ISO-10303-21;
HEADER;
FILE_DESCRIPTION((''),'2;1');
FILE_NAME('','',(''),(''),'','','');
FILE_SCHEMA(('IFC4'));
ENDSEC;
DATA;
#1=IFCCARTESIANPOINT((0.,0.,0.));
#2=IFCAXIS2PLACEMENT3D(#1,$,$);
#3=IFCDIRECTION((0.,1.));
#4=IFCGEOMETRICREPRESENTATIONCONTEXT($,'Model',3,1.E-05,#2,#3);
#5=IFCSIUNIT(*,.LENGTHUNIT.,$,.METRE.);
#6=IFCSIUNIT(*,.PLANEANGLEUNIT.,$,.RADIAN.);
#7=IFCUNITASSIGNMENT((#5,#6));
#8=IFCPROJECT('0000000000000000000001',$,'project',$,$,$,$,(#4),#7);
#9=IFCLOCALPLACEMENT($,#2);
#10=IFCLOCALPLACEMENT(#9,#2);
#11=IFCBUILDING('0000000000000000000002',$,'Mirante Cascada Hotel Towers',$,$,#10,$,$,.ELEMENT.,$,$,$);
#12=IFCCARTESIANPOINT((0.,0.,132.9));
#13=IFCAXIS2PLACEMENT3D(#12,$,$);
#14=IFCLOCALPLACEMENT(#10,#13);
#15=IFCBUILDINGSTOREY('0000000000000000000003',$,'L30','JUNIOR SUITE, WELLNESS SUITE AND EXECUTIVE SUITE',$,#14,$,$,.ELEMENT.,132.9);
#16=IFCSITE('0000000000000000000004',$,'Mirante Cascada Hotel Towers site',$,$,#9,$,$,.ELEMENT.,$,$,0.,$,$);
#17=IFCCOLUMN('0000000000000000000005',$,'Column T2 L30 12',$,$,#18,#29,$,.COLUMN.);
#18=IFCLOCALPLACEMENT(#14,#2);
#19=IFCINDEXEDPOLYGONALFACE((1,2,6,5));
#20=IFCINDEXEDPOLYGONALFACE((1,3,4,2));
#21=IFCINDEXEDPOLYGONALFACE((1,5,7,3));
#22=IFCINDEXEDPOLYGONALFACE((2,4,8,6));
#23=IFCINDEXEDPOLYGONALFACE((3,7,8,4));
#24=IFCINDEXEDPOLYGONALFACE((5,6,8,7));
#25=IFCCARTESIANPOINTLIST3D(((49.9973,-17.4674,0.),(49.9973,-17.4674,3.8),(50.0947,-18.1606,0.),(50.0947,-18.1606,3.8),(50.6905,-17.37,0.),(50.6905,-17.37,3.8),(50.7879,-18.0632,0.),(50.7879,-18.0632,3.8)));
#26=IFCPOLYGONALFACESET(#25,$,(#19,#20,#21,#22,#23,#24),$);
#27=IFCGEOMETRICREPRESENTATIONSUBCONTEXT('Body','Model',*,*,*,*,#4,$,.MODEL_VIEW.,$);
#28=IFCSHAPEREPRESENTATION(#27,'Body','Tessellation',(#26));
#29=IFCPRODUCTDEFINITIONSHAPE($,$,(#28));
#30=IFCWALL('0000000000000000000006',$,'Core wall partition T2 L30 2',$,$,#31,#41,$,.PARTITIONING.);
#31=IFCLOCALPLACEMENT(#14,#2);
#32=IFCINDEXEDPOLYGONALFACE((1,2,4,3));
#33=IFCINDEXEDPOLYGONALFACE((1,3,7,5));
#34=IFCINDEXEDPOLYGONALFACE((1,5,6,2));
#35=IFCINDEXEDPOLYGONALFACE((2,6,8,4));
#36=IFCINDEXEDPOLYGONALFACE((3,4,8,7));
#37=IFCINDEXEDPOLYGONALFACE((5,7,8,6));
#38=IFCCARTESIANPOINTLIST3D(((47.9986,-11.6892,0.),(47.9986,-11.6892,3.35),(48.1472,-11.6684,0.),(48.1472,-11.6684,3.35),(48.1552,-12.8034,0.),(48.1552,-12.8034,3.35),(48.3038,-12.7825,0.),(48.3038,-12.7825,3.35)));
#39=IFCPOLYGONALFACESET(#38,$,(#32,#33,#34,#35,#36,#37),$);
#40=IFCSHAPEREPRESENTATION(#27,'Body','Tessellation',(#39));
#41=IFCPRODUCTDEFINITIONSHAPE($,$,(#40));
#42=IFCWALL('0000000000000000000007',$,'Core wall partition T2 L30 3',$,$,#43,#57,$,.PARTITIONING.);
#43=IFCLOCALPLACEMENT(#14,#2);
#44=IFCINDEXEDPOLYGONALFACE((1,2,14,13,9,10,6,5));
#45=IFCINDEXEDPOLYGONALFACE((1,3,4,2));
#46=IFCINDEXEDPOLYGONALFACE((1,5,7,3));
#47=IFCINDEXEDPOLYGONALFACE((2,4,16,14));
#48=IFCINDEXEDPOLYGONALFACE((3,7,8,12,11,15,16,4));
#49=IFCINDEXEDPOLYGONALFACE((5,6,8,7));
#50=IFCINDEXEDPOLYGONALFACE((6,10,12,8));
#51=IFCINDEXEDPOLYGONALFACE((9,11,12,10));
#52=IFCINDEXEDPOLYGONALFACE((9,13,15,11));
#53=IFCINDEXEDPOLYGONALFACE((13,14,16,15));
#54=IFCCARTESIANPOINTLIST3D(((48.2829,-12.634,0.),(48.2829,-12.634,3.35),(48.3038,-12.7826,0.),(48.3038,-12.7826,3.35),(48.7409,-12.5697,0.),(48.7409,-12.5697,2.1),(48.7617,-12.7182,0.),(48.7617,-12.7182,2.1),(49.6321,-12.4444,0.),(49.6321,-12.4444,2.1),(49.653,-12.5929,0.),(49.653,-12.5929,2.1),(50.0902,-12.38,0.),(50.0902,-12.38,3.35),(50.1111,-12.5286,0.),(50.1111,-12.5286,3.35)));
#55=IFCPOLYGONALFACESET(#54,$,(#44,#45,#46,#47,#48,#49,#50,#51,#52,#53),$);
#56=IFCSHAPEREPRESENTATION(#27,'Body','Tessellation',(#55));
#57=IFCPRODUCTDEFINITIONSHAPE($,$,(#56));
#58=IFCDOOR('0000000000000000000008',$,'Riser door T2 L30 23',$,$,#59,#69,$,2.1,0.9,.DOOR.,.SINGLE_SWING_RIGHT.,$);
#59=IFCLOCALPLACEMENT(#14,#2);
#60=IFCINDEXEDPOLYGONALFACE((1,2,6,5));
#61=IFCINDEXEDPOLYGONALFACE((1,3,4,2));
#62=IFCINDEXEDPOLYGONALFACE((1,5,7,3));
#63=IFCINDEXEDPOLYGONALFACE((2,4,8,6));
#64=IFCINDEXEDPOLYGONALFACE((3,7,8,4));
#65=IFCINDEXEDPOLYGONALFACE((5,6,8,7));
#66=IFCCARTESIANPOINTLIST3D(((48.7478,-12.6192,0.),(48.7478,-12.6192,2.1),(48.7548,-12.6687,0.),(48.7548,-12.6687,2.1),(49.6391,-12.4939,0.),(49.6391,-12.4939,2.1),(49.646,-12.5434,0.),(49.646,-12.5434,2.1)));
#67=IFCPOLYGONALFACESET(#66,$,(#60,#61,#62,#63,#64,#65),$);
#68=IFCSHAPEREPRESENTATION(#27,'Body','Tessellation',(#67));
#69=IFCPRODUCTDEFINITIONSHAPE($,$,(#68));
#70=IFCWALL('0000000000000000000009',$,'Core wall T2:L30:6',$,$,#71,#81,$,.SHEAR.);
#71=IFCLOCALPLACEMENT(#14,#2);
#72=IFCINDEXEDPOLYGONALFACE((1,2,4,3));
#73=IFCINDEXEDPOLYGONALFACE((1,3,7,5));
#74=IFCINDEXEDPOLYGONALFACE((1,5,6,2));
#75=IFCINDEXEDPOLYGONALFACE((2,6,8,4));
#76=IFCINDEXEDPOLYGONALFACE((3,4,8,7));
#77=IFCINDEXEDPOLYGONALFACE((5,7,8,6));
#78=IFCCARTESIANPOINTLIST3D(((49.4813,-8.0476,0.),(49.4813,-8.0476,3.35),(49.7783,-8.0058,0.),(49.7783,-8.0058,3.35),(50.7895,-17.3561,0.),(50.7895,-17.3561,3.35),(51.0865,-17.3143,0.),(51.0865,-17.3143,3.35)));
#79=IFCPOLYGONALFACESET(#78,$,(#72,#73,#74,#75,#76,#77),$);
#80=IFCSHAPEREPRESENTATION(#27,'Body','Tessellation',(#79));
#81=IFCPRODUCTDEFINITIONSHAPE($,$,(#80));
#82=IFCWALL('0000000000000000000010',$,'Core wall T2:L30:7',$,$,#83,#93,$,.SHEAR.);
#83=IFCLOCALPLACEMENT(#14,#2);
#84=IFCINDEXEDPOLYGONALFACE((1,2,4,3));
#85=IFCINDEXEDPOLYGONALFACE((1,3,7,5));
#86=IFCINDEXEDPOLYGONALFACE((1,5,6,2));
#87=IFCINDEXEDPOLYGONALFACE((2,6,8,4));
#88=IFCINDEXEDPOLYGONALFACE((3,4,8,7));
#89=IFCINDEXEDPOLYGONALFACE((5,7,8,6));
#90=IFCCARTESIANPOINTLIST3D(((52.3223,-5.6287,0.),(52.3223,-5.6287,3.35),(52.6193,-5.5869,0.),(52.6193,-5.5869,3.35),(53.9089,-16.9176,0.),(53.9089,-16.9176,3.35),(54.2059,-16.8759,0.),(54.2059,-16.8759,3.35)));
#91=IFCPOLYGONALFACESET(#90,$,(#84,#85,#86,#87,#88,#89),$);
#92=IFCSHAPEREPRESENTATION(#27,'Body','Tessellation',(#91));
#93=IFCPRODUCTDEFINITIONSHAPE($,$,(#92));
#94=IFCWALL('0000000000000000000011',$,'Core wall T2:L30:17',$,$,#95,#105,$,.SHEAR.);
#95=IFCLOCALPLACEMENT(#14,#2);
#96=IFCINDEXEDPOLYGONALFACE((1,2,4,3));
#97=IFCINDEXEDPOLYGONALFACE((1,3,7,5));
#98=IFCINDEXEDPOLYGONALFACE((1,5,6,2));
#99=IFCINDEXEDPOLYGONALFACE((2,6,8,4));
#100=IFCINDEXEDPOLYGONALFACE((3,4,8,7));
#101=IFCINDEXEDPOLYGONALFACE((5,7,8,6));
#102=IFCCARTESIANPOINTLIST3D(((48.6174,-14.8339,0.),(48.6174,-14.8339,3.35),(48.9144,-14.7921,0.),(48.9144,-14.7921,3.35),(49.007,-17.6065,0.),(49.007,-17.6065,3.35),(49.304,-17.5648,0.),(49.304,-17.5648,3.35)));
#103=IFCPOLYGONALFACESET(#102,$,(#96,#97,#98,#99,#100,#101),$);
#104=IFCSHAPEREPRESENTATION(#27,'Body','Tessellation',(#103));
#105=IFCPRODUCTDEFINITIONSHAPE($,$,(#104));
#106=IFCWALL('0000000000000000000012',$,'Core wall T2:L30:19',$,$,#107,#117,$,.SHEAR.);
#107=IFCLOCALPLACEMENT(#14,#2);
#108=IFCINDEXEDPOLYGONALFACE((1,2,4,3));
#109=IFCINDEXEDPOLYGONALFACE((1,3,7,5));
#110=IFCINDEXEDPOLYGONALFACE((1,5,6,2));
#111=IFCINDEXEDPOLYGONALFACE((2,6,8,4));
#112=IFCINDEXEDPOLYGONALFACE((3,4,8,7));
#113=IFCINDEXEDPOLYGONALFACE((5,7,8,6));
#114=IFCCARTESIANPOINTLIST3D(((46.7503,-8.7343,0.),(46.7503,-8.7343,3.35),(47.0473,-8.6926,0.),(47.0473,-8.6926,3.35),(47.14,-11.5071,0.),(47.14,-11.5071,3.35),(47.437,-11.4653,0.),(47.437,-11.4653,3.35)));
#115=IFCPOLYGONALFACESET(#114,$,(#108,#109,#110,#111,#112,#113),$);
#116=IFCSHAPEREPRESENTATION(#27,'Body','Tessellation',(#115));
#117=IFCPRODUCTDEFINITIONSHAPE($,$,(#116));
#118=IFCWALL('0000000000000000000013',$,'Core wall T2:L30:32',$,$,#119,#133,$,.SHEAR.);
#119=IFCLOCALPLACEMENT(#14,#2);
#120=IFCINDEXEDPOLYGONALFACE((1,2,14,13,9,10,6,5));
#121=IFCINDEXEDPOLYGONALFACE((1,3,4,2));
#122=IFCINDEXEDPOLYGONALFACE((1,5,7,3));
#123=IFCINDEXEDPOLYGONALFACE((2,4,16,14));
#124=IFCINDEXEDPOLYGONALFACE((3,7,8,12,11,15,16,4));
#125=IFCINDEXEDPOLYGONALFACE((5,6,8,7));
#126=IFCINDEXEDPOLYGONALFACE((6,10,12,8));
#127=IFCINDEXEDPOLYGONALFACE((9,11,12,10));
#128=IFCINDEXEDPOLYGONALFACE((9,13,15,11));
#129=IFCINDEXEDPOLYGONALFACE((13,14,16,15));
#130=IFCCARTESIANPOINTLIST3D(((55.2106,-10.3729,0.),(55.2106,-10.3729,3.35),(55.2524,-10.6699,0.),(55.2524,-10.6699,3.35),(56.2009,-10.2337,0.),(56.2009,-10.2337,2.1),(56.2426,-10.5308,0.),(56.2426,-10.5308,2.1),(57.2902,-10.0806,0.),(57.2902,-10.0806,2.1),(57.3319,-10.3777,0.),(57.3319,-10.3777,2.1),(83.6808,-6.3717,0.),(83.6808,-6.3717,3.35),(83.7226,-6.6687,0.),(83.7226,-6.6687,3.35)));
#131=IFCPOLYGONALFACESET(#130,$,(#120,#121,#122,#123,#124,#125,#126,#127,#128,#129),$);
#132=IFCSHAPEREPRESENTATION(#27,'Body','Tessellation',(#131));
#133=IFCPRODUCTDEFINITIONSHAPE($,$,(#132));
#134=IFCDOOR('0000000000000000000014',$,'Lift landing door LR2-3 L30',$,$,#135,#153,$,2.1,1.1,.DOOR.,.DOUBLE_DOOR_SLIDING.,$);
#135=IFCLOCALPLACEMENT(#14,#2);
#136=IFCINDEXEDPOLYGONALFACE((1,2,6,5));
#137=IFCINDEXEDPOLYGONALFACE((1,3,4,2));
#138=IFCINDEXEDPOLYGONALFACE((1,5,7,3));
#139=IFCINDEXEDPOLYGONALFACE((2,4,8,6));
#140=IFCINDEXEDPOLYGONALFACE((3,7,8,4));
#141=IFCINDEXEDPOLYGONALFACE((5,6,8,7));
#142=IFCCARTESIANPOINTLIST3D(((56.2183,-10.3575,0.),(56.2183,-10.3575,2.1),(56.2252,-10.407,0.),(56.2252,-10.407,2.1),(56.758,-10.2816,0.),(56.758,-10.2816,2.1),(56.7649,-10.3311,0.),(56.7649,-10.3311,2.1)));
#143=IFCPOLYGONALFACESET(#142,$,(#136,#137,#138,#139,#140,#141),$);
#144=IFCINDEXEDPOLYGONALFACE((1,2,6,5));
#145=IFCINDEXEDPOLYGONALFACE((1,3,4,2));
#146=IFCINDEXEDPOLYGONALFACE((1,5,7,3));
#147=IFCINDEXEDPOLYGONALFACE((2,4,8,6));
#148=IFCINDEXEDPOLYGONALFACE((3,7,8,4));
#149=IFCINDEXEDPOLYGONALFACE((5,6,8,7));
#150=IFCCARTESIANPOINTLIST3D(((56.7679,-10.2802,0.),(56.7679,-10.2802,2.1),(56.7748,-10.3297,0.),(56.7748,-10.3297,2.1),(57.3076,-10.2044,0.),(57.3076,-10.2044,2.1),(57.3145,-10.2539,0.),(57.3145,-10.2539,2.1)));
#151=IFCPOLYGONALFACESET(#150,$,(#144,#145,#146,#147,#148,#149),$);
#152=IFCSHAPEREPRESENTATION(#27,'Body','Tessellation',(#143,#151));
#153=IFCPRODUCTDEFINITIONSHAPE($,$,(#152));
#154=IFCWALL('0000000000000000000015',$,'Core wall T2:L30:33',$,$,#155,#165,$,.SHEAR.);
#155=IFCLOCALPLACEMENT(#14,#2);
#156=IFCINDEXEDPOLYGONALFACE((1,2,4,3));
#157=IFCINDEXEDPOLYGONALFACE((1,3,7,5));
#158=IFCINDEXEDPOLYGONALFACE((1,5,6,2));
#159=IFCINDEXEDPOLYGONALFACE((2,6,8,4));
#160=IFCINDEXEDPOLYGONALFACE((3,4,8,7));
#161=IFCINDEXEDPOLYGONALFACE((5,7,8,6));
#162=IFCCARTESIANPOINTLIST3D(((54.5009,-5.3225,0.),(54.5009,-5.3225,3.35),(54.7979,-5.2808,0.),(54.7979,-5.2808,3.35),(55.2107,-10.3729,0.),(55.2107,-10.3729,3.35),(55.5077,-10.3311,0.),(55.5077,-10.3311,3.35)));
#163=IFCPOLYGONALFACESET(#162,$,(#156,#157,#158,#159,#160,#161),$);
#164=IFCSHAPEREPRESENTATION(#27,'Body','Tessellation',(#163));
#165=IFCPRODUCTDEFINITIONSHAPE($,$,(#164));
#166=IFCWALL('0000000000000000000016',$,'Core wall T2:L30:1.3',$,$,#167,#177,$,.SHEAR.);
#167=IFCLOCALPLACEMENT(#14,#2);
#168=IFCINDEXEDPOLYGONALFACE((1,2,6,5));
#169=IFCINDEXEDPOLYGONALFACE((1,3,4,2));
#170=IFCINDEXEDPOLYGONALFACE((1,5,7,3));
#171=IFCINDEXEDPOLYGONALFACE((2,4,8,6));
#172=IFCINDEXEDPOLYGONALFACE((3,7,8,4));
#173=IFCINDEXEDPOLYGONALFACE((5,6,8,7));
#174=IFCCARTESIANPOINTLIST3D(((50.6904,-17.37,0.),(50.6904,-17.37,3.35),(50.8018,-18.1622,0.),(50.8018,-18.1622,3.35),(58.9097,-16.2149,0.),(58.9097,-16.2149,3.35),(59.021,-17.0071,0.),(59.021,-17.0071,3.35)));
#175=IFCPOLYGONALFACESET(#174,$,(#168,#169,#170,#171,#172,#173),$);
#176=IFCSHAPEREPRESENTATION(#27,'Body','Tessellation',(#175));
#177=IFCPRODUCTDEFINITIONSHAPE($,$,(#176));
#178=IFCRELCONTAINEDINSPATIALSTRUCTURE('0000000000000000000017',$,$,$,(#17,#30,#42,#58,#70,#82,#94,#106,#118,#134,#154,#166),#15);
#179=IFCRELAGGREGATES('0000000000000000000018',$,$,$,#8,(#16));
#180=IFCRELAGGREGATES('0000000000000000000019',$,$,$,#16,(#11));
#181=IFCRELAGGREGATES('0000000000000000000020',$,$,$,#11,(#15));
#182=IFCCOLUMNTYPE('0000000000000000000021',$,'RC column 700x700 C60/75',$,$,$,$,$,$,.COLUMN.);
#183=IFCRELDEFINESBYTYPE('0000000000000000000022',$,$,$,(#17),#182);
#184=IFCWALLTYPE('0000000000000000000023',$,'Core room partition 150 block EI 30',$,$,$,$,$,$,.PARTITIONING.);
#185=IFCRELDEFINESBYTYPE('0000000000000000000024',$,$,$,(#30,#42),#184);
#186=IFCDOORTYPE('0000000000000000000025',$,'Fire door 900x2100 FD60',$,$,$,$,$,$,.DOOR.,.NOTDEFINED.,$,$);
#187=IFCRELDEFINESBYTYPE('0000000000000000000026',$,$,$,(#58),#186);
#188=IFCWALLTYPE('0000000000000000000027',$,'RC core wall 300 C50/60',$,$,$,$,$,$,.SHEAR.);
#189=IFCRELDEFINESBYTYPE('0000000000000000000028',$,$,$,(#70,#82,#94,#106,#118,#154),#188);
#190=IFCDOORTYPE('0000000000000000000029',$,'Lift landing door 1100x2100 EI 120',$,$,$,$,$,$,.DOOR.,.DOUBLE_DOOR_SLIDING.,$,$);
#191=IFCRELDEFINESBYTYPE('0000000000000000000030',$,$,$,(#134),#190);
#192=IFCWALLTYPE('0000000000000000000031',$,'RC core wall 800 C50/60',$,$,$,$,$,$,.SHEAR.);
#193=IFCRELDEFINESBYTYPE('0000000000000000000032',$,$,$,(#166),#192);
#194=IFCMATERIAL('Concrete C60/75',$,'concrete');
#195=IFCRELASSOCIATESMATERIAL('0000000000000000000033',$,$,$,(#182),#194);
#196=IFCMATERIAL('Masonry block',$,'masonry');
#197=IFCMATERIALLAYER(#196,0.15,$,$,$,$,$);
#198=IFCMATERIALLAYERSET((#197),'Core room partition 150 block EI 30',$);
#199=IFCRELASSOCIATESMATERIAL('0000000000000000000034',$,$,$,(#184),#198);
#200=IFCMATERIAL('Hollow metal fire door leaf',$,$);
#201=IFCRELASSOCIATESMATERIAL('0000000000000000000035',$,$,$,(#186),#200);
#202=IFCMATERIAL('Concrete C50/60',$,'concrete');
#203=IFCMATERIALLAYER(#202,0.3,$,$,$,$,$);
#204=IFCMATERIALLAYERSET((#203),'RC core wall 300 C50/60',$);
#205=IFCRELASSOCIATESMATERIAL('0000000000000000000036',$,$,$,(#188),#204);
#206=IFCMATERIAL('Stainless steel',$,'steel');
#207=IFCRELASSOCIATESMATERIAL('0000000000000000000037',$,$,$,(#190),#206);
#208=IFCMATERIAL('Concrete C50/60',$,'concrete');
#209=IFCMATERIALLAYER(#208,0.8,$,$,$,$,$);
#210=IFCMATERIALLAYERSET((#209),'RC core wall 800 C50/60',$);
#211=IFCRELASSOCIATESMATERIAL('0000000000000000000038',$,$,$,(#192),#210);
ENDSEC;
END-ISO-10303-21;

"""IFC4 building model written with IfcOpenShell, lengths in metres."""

from ifc_helpers import new_model, si_unit, direction, frame, frame_2d, origin, origin_2d, place, context, subcontext, project, spatial, rectangle, extrude, material, layer, layer_set, material_profile, profile_set, type_object, element, fill, save


model = new_model("IFC4")

# Units and contexts
model_context = context("Model", 3, precision=1e-05, world=origin(), true_north=direction((0.0, 1.0)))
body_context = subcontext(model_context, "Body", "Model", "MODEL_VIEW")
ifc_project = project(units=[si_unit("LENGTHUNIT", "METRE"), si_unit("PLANEANGLEUNIT", "RADIAN")], contexts=[model_context])

# Site, building, storey
site_placement = place(None, origin())
site = spatial("IfcSite", under=ifc_project, at=site_placement, Name="Mirante Cascada Hotel Towers site", CompositionType="ELEMENT", RefElevation=0.0)
building_placement = place(site_placement, origin())
building = spatial("IfcBuilding", under=site, at=building_placement, Name="Mirante Cascada Hotel Towers", CompositionType="ELEMENT")
storey_placement = place(building_placement, frame((0.0, 0.0, 132.9)))
storey = spatial("IfcBuildingStorey", under=building, at=storey_placement, Name="L30", Description="JUNIOR SUITE, WELLNESS SUITE AND EXECUTIVE SUITE", CompositionType="ELEMENT", Elevation=132.9)

# Column
ifc_material_1 = material(Name="Concrete C60/75", Category="concrete")
ifc_material_profile = material_profile(ifc_material_1, rectangle(XDim=0.7, YDim=0.7, at=origin_2d()), Name="RC column 700x700 C60/75")
ifc_profile_set = profile_set([ifc_material_profile], Name="Concrete C60/75")
column_type = type_object("IfcColumnType", Name="RC column 700x700 C60/75", PredefinedType="COLUMN", material=ifc_profile_set)
column_placement = place(storey_placement, frame((50.3926, -17.7653, 0.0), z_axis=(0.0, 0.0, 1.0), x_axis=(0.990268, 0.139173, 0.0)))
element("IfcColumn", 1, at=column_placement, inside=storey, type_object=column_type, Name="Column T2 L30 12", PredefinedType="COLUMN", context=body_context, shape_type="SweptSolid", body=[
    extrude(rectangle(XDim=0.7, YDim=0.7, at=origin_2d()), origin(), (0.0, 0.0, 1.0), 3.8),
])

# Wall
ifc_material_2 = material(Name="Masonry block", Category="masonry")
ifc_layer_1 = layer(ifc_material_2, 0.15)
ifc_layer_set_1 = layer_set([ifc_layer_1], Name="Core room partition 150 block EI 30")
wall_type_1 = type_object("IfcWallType", Name="Core room partition 150 block EI 30", PredefinedType="PARTITIONING", material=ifc_layer_set_1)
wall_1_placement = place(storey_placement, frame((48.2295, -12.793, 0.0), z_axis=(0.0, 0.0, 1.0), x_axis=(-0.139193, 0.990265, 0.0)))
element("IfcWall", 2, at=wall_1_placement, inside=storey, type_object=wall_type_1, Name="Core wall partition T2 L30 2", PredefinedType="PARTITIONING", context=body_context, shape_type="SweptSolid", body=[
    extrude(rectangle(XDim=1.1251, YDim=0.15, at=frame_2d((0.5626, 0.0))), origin(), (0.0, 0.0, 1.0), 3.35),
])

# Wall, opening, door
wall_2_placement = place(storey_placement, frame((48.2933, -12.7083, 0.0), z_axis=(0.0, 0.0, 1.0), x_axis=(0.990268, 0.139173, 0.0)))
wall_2 = element("IfcWall", 3, at=wall_2_placement, inside=storey, type_object=wall_type_1, Name="Core wall partition T2 L30 3", PredefinedType="PARTITIONING", context=body_context, shape_type="SweptSolid", body=[
    extrude(rectangle(XDim=1.8251, YDim=0.15, at=frame_2d((0.9126, 0.0))), origin(), (0.0, 0.0, 1.0), 3.35),
])
opening_1_placement = place(wall_2_placement, frame((0.4625, 0.0, 0.0)))
opening_1 = element("IfcOpeningElement", 4, at=opening_1_placement, cuts=wall_2, PredefinedType="OPENING", context=body_context, shape_type="SweptSolid", body=[
    extrude(rectangle(XDim=0.9, YDim=2.1, at=frame_2d((0.45, 1.05))), frame((0.0, 0.075, 0.0), z_axis=(0.0, -1.0, 0.0), x_axis=(1.0, 0.0, 0.0)), (0.0, 0.0, 1.0), 0.15),
])
ifc_material_3 = material(Name="Hollow metal fire door leaf")
door_type_1 = type_object("IfcDoorType", Name="Fire door 900x2100 FD60", OperationType="NOTDEFINED", PredefinedType="DOOR", material=ifc_material_3)
door_1_placement = place(opening_1_placement, frame((0.9, 0.0, 0.0), z_axis=(0.0, 0.0, 1.0), x_axis=(-1.0, 0.0, 0.0)))
door_1 = element("IfcDoor", 5, at=door_1_placement, inside=storey, type_object=door_type_1, Name="Riser door T2 L30 23", OperationType="SINGLE_SWING_RIGHT", OverallHeight=2.1, OverallWidth=0.9, PredefinedType="DOOR", context=body_context, shape_type="SweptSolid", body=[
    extrude(rectangle(XDim=0.9, YDim=2.1, at=frame_2d((0.45, 1.05))), frame((0.0, 0.025, 0.0), z_axis=(0.0, -1.0, 0.0), x_axis=(1.0, 0.0, 0.0)), (0.0, 0.0, 1.0), 0.05),
])
fill(opening_1, door_1)

# Walls
ifc_material_4 = material(Name="Concrete C50/60", Category="concrete")
ifc_layer_2 = layer(ifc_material_4, 0.3)
ifc_layer_set_2 = layer_set([ifc_layer_2], Name="RC core wall 300 C50/60")
wall_type_2 = type_object("IfcWallType", Name="RC core wall 300 C50/60", PredefinedType="SHEAR", material=ifc_layer_set_2)
wall_3_placement = place(storey_placement, frame((50.938, -17.3352, 0.0), z_axis=(0.0, 0.0, 1.0), x_axis=(-0.139171, 0.990268, 0.0)))
element("IfcWall", 6, at=wall_3_placement, inside=storey, type_object=wall_type_2, Name="Core wall T2:L30:6", PredefinedType="SHEAR", context=body_context, shape_type="SweptSolid", body=[
    extrude(rectangle(XDim=9.4, YDim=0.3, at=frame_2d((4.7, 0.0))), origin(), (0.0, 0.0, 1.0), 3.35),
])
wall_4_placement = place(storey_placement, frame((54.0574, -16.8968, 0.0), z_axis=(0.0, 0.0, 1.0), x_axis=(-0.139176, 0.990268, 0.0)))
element("IfcWall", 7, at=wall_4_placement, inside=storey, type_object=wall_type_2, Name="Core wall T2:L30:7", PredefinedType="SHEAR", context=body_context, shape_type="SweptSolid", body=[
    extrude(rectangle(XDim=11.3999, YDim=0.3, at=frame_2d((5.7, 0.0))), origin(), (0.0, 0.0, 1.0), 3.35),
])
wall_5_placement = place(storey_placement, frame((49.1555, -17.5857, 0.0), z_axis=(0.0, 0.0, 1.0), x_axis=(-0.139146, 0.990272, 0.0)))
element("IfcWall", 8, at=wall_5_placement, inside=storey, type_object=wall_type_2, Name="Core wall T2:L30:17", PredefinedType="SHEAR", context=body_context, shape_type="SweptSolid", body=[
    extrude(rectangle(XDim=2.7999, YDim=0.3, at=frame_2d((1.4, 0.0))), origin(), (0.0, 0.0, 1.0), 3.35),
])
wall_6_placement = place(storey_placement, frame((47.2885, -11.4862, 0.0), z_axis=(0.0, 0.0, 1.0), x_axis=(-0.139181, 0.990267, 0.0)))
element("IfcWall", 9, at=wall_6_placement, inside=storey, type_object=wall_type_2, Name="Core wall T2:L30:19", PredefinedType="SHEAR", context=body_context, shape_type="SweptSolid", body=[
    extrude(rectangle(XDim=2.8, YDim=0.3, at=frame_2d((1.4, 0.0))), origin(), (0.0, 0.0, 1.0), 3.35),
])

# Shared definitions
ifc_material_5 = material(Name="Stainless steel", Category="steel")
door_type_2 = type_object("IfcDoorType", Name="Lift landing door 1100x2100 EI 120", OperationType="DOUBLE_DOOR_SLIDING", PredefinedType="DOOR", material=ifc_material_5)

# Wall, opening, door
wall_7_placement = place(storey_placement, frame((55.2315, -10.5214, 0.0), z_axis=(0.0, 0.0, 1.0), x_axis=(0.990268, 0.139172, 0.0)))
wall_7 = element("IfcWall", 10, at=wall_7_placement, inside=storey, type_object=wall_type_2, Name="Core wall T2:L30:32", PredefinedType="SHEAR", context=body_context, shape_type="SweptSolid", body=[
    extrude(rectangle(XDim=28.75, YDim=0.3, at=frame_2d((14.375, 0.0))), origin(), (0.0, 0.0, 1.0), 3.35),
])
opening_2_placement = place(wall_7_placement, frame((1.0, 0.0, 0.0)))
opening_2 = element("IfcOpeningElement", 11, at=opening_2_placement, cuts=wall_7, PredefinedType="OPENING", context=body_context, shape_type="SweptSolid", body=[
    extrude(rectangle(XDim=1.1, YDim=2.1, at=frame_2d((0.55, 1.05))), frame((0.0, 0.15, 0.0), z_axis=(0.0, -1.0, 0.0), x_axis=(1.0, 0.0, 0.0)), (0.0, 0.0, 1.0), 0.3),
])
door_2_placement = place(opening_2_placement, origin())
door_2 = element("IfcDoor", 12, at=door_2_placement, inside=storey, type_object=door_type_2, Name="Lift landing door LR2-3 L30", OperationType="DOUBLE_DOOR_SLIDING", OverallHeight=2.1, OverallWidth=1.1, PredefinedType="DOOR", context=body_context, shape_type="SweptSolid", body=[
    extrude(rectangle(XDim=0.545, YDim=2.1, at=frame_2d((0.2725, 1.05))), frame((0.0, 0.025, 0.0), z_axis=(0.0, -1.0, 0.0), x_axis=(1.0, 0.0, 0.0)), (0.0, 0.0, 1.0), 0.05),
    extrude(rectangle(XDim=0.545, YDim=2.1, at=frame_2d((0.8275, 1.05))), frame((0.0, 0.025, 0.0), z_axis=(0.0, -1.0, 0.0), x_axis=(1.0, 0.0, 0.0)), (0.0, 0.0, 1.0), 0.05),
])
fill(opening_2, door_2)

# Walls
wall_8_placement = place(storey_placement, frame((55.3592, -10.352, 0.0), z_axis=(0.0, 0.0, 1.0), x_axis=(-0.139176, 0.990268, 0.0)))
element("IfcWall", 13, at=wall_8_placement, inside=storey, type_object=wall_type_2, Name="Core wall T2:L30:33", PredefinedType="SHEAR", context=body_context, shape_type="SweptSolid", body=[
    extrude(rectangle(XDim=5.1, YDim=0.3, at=frame_2d((2.55, 0.0))), origin(), (0.0, 0.0, 1.0), 3.35),
])
ifc_material_6 = material(Name="Concrete C50/60", Category="concrete")
ifc_layer_3 = layer(ifc_material_6, 0.8)
ifc_layer_set_3 = layer_set([ifc_layer_3], Name="RC core wall 800 C50/60")
wall_type_3 = type_object("IfcWallType", Name="RC core wall 800 C50/60", PredefinedType="SHEAR", material=ifc_layer_set_3)
wall_9_placement = place(storey_placement, frame((50.7461, -17.7661, 0.0), z_axis=(0.0, 0.0, 1.0), x_axis=(0.990269, 0.139169, 0.0)))
element("IfcWall", 14, at=wall_9_placement, inside=storey, type_object=wall_type_3, Name="Core wall T2:L30:1.3", PredefinedType="SHEAR", context=body_context, shape_type="SweptSolid", body=[
    extrude(rectangle(XDim=8.3, YDim=0.8, at=frame_2d((4.15, 0.0))), origin(), (0.0, 0.0, 1.0), 3.35),
])

save(model, "model.ifc")
